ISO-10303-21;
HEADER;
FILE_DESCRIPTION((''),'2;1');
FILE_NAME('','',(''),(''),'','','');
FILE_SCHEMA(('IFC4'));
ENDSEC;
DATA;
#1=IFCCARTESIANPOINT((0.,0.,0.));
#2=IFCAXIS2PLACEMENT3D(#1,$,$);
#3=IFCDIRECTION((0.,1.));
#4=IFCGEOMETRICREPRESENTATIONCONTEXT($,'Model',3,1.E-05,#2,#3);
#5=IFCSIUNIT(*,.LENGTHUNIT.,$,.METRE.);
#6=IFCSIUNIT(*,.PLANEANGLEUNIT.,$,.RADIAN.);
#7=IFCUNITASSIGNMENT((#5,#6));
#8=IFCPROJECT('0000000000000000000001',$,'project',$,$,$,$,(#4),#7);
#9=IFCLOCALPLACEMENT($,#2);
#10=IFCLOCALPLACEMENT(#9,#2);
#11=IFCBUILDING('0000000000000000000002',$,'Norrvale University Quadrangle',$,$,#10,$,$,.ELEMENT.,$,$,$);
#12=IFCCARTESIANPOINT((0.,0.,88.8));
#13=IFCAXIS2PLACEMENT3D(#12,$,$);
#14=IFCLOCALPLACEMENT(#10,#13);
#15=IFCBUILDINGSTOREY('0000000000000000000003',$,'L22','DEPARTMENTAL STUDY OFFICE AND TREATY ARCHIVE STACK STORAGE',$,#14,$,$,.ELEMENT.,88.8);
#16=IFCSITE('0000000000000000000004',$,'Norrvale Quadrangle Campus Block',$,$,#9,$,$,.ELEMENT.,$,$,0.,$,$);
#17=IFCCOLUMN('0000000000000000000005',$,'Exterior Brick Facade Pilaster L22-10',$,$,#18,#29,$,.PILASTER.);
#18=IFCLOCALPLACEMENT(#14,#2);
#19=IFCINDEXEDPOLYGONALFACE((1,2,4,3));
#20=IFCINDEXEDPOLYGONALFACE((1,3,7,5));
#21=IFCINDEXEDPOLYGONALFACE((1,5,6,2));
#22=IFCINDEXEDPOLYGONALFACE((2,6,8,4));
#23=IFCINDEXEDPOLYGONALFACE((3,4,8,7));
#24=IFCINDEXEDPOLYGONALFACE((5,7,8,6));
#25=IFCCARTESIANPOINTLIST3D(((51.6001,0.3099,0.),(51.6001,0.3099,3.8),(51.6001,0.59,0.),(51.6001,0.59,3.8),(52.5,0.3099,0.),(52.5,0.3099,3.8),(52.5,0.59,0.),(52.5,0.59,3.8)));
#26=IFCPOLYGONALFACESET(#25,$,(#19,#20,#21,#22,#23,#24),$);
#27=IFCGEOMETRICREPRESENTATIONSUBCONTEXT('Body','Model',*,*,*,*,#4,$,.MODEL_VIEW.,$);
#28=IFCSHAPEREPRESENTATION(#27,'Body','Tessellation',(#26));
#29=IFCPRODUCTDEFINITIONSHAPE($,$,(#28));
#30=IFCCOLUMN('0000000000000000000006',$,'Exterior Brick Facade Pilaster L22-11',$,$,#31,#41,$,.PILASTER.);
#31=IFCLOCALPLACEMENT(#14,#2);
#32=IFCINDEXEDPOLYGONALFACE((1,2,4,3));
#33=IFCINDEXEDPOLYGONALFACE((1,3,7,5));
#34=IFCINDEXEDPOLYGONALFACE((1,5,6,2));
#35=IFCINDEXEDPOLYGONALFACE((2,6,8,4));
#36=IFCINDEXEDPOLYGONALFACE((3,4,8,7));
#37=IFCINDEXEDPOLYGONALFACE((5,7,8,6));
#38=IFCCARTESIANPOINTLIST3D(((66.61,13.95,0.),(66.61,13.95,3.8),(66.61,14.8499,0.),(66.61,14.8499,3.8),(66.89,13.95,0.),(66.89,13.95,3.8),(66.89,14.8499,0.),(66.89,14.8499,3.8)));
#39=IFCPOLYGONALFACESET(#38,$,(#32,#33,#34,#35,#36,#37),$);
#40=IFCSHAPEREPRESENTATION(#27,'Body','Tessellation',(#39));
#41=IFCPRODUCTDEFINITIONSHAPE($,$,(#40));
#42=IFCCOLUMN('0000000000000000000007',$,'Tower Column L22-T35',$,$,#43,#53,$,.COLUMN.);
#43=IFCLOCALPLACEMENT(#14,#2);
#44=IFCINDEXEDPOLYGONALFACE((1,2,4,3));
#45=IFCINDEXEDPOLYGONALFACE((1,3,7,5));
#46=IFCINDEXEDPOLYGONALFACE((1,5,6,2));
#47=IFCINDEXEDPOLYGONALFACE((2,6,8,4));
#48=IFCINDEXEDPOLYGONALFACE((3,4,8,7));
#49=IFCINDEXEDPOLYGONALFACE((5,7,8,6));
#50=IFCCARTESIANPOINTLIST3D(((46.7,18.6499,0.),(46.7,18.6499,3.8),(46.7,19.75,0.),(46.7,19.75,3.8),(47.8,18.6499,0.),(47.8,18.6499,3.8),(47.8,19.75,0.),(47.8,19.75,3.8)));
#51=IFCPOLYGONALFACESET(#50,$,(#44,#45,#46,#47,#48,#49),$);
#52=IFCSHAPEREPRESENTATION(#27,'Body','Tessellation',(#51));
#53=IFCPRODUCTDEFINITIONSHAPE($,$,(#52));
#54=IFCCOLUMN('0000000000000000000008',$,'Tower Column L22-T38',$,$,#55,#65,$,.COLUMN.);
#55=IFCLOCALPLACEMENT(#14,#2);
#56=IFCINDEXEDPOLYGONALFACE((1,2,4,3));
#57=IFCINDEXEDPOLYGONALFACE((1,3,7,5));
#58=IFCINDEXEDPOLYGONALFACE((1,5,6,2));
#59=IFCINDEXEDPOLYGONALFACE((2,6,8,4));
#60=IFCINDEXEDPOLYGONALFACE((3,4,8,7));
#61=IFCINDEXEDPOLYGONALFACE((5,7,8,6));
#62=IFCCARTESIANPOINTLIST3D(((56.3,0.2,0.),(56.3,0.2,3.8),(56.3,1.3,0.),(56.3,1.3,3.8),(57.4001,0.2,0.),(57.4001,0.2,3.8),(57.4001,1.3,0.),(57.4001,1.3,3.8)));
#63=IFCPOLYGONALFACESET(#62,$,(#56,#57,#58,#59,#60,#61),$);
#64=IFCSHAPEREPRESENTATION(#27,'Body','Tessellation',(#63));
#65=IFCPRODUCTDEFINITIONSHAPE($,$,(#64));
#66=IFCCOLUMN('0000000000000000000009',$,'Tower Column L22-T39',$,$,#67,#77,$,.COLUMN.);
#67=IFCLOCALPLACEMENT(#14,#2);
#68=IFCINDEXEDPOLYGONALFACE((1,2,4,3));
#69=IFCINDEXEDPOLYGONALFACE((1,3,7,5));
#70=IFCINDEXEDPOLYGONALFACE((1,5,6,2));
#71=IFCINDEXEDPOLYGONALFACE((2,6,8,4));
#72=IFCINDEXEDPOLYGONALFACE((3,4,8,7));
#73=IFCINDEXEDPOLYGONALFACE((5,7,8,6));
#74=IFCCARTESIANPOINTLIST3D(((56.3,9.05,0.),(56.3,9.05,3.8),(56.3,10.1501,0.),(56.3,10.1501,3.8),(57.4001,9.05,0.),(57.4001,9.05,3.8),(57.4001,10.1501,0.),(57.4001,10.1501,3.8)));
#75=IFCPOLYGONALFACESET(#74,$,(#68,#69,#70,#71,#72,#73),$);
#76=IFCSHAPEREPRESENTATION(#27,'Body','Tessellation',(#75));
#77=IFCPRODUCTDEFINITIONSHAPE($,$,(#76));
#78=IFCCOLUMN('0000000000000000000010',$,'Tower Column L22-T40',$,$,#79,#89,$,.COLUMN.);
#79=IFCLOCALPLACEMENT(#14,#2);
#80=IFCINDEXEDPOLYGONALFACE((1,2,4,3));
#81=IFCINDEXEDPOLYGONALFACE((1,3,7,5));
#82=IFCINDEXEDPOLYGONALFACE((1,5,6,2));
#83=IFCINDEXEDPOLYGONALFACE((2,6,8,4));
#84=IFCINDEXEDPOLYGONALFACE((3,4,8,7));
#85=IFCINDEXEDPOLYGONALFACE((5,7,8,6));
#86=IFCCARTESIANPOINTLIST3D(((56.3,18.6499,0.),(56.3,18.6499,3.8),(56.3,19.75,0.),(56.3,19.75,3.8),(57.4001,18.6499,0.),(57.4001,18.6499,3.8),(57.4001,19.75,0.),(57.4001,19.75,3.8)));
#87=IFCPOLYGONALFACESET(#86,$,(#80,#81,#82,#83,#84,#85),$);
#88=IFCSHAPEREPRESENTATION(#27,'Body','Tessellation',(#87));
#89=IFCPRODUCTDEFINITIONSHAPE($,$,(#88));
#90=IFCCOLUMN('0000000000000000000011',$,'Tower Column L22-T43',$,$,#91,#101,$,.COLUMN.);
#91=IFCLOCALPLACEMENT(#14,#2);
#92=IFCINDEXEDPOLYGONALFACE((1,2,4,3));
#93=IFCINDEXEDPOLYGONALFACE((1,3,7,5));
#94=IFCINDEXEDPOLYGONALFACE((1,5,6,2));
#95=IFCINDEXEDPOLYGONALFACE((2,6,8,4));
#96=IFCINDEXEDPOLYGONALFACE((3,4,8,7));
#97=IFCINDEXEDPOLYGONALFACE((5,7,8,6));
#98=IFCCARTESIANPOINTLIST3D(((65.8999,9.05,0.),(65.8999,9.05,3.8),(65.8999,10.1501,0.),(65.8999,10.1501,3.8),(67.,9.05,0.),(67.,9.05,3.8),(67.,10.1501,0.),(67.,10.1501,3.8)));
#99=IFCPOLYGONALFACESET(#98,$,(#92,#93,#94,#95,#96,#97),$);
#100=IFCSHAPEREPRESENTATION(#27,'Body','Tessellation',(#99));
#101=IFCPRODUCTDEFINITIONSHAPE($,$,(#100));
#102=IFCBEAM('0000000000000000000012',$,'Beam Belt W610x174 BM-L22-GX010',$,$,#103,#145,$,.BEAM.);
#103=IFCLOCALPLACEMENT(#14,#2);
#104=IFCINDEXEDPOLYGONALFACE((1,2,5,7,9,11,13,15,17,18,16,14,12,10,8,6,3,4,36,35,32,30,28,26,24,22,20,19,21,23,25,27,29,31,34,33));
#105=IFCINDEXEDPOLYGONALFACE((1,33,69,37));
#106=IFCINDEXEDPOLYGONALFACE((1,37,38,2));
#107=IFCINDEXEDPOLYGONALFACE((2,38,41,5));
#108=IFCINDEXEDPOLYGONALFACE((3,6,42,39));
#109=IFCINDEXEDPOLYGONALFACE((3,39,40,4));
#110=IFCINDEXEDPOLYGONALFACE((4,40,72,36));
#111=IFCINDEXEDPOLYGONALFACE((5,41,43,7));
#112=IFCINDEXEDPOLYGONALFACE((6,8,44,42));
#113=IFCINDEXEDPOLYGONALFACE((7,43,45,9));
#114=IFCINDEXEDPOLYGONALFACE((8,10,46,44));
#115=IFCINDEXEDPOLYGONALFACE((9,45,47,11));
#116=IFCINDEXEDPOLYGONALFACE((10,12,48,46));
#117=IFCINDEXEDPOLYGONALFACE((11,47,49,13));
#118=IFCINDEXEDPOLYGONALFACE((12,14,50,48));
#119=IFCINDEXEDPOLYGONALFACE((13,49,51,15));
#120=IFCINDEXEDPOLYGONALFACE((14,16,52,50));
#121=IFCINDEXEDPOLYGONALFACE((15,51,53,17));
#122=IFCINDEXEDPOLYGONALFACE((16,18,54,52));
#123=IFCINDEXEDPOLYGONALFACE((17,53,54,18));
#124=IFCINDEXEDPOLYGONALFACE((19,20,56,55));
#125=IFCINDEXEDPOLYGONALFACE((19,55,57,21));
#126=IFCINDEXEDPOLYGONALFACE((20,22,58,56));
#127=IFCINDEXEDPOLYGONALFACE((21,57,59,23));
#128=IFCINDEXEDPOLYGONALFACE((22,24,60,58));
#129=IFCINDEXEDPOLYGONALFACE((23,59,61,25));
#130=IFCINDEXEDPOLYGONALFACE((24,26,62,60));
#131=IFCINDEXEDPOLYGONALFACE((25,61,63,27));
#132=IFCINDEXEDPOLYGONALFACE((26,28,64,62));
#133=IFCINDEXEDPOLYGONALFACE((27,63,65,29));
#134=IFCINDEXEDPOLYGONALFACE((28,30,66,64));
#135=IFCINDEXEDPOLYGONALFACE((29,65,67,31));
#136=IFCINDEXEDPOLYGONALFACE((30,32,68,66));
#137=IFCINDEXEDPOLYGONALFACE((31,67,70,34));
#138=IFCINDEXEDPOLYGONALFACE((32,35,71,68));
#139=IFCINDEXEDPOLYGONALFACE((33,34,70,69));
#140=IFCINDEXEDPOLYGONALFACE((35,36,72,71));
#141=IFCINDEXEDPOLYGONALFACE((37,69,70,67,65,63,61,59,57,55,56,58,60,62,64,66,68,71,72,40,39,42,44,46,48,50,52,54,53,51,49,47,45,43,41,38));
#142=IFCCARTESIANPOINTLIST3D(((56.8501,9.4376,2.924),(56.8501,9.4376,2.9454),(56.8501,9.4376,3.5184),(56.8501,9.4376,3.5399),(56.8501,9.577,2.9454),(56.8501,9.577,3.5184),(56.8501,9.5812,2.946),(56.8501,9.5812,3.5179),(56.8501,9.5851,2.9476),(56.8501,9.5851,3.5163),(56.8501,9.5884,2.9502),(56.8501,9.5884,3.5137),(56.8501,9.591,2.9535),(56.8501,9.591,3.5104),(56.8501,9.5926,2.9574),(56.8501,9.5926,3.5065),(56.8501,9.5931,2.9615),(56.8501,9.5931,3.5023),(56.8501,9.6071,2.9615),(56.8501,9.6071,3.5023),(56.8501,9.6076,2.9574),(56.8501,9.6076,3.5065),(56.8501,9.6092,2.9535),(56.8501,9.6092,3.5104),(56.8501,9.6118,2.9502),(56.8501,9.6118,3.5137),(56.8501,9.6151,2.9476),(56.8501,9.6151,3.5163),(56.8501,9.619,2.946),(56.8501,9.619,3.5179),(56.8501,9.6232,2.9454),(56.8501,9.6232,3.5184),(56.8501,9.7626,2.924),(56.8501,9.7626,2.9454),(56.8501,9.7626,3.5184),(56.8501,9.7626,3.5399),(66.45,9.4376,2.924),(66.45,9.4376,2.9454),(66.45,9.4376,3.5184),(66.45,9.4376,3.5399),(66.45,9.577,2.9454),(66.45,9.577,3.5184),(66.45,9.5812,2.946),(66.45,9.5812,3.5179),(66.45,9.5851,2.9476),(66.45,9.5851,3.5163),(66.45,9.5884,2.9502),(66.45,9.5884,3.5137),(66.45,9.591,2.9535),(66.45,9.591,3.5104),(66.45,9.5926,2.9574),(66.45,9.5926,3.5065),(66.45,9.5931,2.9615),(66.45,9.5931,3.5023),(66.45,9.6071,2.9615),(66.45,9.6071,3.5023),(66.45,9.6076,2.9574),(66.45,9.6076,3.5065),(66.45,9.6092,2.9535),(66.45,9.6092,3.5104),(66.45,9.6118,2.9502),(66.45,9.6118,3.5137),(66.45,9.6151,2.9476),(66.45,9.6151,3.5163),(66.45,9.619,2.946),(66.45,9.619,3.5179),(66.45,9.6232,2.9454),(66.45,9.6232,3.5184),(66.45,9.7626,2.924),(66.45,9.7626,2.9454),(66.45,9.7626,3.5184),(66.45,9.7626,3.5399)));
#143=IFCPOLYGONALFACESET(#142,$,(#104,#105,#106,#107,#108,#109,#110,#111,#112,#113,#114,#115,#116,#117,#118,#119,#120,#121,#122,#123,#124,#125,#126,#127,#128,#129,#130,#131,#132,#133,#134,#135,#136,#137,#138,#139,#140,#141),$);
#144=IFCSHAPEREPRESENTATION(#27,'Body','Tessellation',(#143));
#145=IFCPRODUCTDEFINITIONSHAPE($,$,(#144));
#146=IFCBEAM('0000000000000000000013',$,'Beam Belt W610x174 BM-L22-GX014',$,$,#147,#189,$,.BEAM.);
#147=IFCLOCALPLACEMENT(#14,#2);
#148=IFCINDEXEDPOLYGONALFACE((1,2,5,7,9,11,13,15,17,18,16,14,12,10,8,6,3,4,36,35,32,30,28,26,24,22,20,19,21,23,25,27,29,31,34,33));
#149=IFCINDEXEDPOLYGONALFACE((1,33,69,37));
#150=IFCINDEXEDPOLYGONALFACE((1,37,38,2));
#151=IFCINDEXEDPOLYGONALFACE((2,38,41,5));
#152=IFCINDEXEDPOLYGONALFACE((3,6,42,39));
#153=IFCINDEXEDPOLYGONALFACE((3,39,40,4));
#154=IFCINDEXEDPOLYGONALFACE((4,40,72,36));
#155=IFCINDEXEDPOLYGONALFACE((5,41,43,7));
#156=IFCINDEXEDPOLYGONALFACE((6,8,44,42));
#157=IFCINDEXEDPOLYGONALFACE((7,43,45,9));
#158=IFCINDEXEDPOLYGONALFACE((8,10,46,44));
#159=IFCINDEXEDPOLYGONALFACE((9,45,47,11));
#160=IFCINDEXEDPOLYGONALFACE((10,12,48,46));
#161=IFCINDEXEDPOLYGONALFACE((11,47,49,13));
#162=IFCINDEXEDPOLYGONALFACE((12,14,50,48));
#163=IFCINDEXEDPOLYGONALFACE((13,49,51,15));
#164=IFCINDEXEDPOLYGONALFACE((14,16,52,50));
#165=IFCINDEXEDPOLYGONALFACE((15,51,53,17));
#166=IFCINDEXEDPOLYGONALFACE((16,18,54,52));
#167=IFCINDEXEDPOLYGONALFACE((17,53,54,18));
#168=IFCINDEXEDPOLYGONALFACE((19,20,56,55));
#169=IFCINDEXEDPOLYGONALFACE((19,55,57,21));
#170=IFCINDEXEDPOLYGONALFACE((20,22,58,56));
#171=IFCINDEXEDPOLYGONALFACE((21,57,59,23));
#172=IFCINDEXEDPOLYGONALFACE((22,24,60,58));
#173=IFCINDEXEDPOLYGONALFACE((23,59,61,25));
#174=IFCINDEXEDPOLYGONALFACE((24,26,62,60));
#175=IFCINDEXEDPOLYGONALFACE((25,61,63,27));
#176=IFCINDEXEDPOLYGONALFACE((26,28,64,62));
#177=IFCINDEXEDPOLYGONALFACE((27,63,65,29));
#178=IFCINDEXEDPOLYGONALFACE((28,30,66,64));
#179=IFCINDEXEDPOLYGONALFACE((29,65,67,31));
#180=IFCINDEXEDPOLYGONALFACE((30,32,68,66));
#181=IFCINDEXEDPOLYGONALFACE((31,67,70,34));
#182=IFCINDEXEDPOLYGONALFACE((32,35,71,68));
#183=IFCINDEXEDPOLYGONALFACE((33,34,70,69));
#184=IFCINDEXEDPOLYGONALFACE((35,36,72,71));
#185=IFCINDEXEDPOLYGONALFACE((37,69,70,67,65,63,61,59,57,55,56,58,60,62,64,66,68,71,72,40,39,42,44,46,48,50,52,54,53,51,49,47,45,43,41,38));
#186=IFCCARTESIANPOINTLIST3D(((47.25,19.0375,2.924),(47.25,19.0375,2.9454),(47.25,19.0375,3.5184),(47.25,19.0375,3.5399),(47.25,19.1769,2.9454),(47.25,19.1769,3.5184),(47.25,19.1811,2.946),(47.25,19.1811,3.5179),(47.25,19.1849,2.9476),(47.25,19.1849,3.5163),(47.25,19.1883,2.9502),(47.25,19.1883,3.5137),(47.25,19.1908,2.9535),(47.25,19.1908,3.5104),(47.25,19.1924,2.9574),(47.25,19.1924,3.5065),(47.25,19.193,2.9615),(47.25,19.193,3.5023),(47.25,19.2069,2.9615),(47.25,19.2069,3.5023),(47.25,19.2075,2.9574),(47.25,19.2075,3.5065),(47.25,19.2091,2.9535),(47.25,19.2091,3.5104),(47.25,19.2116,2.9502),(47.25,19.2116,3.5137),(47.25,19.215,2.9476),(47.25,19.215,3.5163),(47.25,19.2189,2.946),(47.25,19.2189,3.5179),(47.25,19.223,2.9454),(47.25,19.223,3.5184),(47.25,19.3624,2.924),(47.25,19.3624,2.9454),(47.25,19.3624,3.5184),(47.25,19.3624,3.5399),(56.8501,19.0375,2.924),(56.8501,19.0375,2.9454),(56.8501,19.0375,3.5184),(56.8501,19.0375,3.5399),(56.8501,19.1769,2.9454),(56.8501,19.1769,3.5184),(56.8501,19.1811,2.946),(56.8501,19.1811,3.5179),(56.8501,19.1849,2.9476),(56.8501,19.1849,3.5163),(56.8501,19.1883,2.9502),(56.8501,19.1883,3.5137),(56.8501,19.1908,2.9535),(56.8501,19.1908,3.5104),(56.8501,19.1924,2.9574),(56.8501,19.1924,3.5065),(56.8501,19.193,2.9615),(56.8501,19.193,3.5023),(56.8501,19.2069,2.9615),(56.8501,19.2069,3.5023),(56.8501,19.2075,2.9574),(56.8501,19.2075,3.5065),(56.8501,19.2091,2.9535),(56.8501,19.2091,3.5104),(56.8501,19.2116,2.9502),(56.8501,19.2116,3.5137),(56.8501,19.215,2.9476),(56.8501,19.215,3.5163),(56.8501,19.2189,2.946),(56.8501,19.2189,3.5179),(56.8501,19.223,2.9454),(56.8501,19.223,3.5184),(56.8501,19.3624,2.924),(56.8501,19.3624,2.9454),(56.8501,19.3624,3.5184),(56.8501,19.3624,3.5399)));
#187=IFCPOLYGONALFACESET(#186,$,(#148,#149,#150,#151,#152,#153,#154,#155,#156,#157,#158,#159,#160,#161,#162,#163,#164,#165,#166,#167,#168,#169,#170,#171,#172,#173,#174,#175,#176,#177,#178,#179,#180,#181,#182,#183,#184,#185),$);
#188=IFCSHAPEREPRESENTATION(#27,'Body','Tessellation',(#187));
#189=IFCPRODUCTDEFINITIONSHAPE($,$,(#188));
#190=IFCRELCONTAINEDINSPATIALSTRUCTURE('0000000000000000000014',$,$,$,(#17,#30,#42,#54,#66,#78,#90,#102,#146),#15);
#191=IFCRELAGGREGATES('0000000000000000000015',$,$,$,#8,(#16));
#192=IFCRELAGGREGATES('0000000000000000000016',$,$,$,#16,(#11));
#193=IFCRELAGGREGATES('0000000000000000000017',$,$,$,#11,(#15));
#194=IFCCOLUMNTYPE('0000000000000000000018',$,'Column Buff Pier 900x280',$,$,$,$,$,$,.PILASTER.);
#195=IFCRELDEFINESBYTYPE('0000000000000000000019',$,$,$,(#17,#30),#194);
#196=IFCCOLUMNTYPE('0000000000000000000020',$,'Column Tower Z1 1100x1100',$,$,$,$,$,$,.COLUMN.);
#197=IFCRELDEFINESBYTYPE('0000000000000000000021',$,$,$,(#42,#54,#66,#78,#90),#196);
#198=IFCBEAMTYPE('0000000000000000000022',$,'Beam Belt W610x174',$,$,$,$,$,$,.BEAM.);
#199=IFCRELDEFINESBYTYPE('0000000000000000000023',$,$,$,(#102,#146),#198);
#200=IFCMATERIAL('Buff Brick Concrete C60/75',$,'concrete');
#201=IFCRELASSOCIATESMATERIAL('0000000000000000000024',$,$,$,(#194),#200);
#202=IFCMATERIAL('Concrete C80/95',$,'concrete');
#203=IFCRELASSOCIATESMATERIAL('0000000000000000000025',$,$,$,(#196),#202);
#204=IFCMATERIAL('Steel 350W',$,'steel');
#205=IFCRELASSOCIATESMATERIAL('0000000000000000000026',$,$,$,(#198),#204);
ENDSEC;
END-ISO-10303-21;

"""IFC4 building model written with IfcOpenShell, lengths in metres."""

from ifc_helpers import new_model, si_unit, direction, frame, origin, origin_2d, place, context, subcontext, project, spatial, rectangle, i_section, extrude, material, material_profile, profile_set, type_object, element, save


model = new_model("IFC4")

# Units and contexts
model_context = context("Model", 3, precision=1e-05, world=origin(), true_north=direction((0.0, 1.0)))
body_context = subcontext(model_context, "Body", "Model", "MODEL_VIEW")
ifc_project = project(units=[si_unit("LENGTHUNIT", "METRE"), si_unit("PLANEANGLEUNIT", "RADIAN")], contexts=[model_context])

# Site, building, storey
site_placement = place(None, origin())
site = spatial("IfcSite", under=ifc_project, at=site_placement, Name="Norrvale Quadrangle Campus Block", CompositionType="ELEMENT", RefElevation=0.0)
building_placement = place(site_placement, origin())
building = spatial("IfcBuilding", under=site, at=building_placement, Name="Norrvale University Quadrangle", CompositionType="ELEMENT")
storey_placement = place(building_placement, frame((0.0, 0.0, 88.8)))
storey = spatial("IfcBuildingStorey", under=building, at=storey_placement, Name="L22", Description="DEPARTMENTAL STUDY OFFICE AND TREATY ARCHIVE STACK STORAGE", CompositionType="ELEMENT", Elevation=88.8)

# Columns
ifc_material_1 = material(Name="Buff Brick Concrete C60/75", Category="concrete")
ifc_material_profile_1 = material_profile(ifc_material_1, rectangle(XDim=0.8999, YDim=0.28, at=origin_2d()), Name="Buff Brick Concrete C60/75")
ifc_profile_set_1 = profile_set([ifc_material_profile_1], Name="Buff Brick Concrete C60/75")
column_type_1 = type_object("IfcColumnType", Name="Column Buff Pier 900x280", PredefinedType="PILASTER", material=ifc_profile_set_1)
for number, where, z_axis, x_axis, name in (
    (1, (52.05, 0.45, 0.0), (0.0, 0.0, 1.0), (1.0, 0.0, 0.0), "Exterior Brick Facade Pilaster L22-10"),
    (2, (66.75, 14.3999, 0.0), (0.0, 0.0, 1.0), (0.0, 1.0, 0.0), "Exterior Brick Facade Pilaster L22-11"),
):
    element("IfcColumn", number, at=place(storey_placement, frame(where, z_axis=z_axis, x_axis=x_axis)), inside=storey, type_object=column_type_1, Name=name, PredefinedType="PILASTER", context=body_context, shape_type="SweptSolid", body=[
        extrude(rectangle(XDim=0.8999, YDim=0.28, at=origin_2d()), origin(), (0.0, 0.0, 1.0), 3.8),
    ])
ifc_material_2 = material(Name="Concrete C80/95", Category="concrete")
ifc_material_profile_2 = material_profile(ifc_material_2, rectangle(XDim=1.1001, YDim=1.1001, at=origin_2d()), Name="Concrete C80/95")
ifc_profile_set_2 = profile_set([ifc_material_profile_2], Name="Concrete C80/95")
column_type_2 = type_object("IfcColumnType", Name="Column Tower Z1 1100x1100", PredefinedType="COLUMN", material=ifc_profile_set_2)
for number, where, z_axis, x_axis, name in (
    (3, (47.25, 19.2, 0.0), (0.0, 0.0, 1.0), (1.0, 0.0, 0.0), "Tower Column L22-T35"),
    (4, (56.8501, 0.75, 0.0), (0.0, 0.0, 1.0), (1.0, 0.0, 0.0), "Tower Column L22-T38"),
    (5, (56.8501, 9.6001, 0.0), (0.0, 0.0, 1.0), (1.0, 0.0, 0.0), "Tower Column L22-T39"),
    (6, (56.8501, 19.2, 0.0), (0.0, 0.0, 1.0), (1.0, 0.0, 0.0), "Tower Column L22-T40"),
    (7, (66.45, 9.6001, 0.0), (0.0, 0.0, 1.0), (1.0, 0.0, 0.0), "Tower Column L22-T43"),
):
    element("IfcColumn", number, at=place(storey_placement, frame(where, z_axis=z_axis, x_axis=x_axis)), inside=storey, type_object=column_type_2, Name=name, PredefinedType="COLUMN", context=body_context, shape_type="SweptSolid", body=[
        extrude(rectangle(XDim=1.1001, YDim=1.1001, at=origin_2d()), origin(), (0.0, 0.0, 1.0), 3.8),
    ])

# Beams
ifc_material_3 = material(Name="Steel 350W", Category="steel")
ifc_material_profile_3 = material_profile(ifc_material_3, i_section(OverallWidth=0.325, OverallDepth=0.616, WebThickness=0.0139, FlangeThickness=0.0215, FilletRadius=0.0161, at=origin_2d()), Name="Steel 350W")
ifc_profile_set_3 = profile_set([ifc_material_profile_3], Name="Steel 350W")
beam_type_1 = type_object("IfcBeamType", Name="Beam Belt W610x174", PredefinedType="BEAM", material=ifc_profile_set_3)
beam_1_placement = place(storey_placement, frame((56.8501, 9.6001, 3.2319), z_axis=(1.0, 0.0, 0.0), x_axis=(0.0, 1.0, 0.0)))
element("IfcBeam", 8, at=beam_1_placement, inside=storey, type_object=beam_type_1, Name="Beam Belt W610x174 BM-L22-GX010", PredefinedType="BEAM", context=body_context, shape_type="SweptSolid", body=[
    extrude(i_section(OverallWidth=0.325, OverallDepth=0.616, WebThickness=0.0139, FlangeThickness=0.0215, FilletRadius=0.0161, at=origin_2d()), origin(), (0.0, 0.0, 1.0), 9.5999),
])
beam_2_placement = place(storey_placement, frame((47.25, 19.2, 3.2319), z_axis=(1.0, 0.0, 0.0), x_axis=(0.0, 1.0, 0.0)))
element("IfcBeam", 9, at=beam_2_placement, inside=storey, type_object=beam_type_1, Name="Beam Belt W610x174 BM-L22-GX014", PredefinedType="BEAM", context=body_context, shape_type="SweptSolid", body=[
    extrude(i_section(OverallWidth=0.325, OverallDepth=0.616, WebThickness=0.0139, FlangeThickness=0.0215, FilletRadius=0.0161, at=origin_2d()), origin(), (0.0, 0.0, 1.0), 9.6001),
])

save(model, "model.ifc")
